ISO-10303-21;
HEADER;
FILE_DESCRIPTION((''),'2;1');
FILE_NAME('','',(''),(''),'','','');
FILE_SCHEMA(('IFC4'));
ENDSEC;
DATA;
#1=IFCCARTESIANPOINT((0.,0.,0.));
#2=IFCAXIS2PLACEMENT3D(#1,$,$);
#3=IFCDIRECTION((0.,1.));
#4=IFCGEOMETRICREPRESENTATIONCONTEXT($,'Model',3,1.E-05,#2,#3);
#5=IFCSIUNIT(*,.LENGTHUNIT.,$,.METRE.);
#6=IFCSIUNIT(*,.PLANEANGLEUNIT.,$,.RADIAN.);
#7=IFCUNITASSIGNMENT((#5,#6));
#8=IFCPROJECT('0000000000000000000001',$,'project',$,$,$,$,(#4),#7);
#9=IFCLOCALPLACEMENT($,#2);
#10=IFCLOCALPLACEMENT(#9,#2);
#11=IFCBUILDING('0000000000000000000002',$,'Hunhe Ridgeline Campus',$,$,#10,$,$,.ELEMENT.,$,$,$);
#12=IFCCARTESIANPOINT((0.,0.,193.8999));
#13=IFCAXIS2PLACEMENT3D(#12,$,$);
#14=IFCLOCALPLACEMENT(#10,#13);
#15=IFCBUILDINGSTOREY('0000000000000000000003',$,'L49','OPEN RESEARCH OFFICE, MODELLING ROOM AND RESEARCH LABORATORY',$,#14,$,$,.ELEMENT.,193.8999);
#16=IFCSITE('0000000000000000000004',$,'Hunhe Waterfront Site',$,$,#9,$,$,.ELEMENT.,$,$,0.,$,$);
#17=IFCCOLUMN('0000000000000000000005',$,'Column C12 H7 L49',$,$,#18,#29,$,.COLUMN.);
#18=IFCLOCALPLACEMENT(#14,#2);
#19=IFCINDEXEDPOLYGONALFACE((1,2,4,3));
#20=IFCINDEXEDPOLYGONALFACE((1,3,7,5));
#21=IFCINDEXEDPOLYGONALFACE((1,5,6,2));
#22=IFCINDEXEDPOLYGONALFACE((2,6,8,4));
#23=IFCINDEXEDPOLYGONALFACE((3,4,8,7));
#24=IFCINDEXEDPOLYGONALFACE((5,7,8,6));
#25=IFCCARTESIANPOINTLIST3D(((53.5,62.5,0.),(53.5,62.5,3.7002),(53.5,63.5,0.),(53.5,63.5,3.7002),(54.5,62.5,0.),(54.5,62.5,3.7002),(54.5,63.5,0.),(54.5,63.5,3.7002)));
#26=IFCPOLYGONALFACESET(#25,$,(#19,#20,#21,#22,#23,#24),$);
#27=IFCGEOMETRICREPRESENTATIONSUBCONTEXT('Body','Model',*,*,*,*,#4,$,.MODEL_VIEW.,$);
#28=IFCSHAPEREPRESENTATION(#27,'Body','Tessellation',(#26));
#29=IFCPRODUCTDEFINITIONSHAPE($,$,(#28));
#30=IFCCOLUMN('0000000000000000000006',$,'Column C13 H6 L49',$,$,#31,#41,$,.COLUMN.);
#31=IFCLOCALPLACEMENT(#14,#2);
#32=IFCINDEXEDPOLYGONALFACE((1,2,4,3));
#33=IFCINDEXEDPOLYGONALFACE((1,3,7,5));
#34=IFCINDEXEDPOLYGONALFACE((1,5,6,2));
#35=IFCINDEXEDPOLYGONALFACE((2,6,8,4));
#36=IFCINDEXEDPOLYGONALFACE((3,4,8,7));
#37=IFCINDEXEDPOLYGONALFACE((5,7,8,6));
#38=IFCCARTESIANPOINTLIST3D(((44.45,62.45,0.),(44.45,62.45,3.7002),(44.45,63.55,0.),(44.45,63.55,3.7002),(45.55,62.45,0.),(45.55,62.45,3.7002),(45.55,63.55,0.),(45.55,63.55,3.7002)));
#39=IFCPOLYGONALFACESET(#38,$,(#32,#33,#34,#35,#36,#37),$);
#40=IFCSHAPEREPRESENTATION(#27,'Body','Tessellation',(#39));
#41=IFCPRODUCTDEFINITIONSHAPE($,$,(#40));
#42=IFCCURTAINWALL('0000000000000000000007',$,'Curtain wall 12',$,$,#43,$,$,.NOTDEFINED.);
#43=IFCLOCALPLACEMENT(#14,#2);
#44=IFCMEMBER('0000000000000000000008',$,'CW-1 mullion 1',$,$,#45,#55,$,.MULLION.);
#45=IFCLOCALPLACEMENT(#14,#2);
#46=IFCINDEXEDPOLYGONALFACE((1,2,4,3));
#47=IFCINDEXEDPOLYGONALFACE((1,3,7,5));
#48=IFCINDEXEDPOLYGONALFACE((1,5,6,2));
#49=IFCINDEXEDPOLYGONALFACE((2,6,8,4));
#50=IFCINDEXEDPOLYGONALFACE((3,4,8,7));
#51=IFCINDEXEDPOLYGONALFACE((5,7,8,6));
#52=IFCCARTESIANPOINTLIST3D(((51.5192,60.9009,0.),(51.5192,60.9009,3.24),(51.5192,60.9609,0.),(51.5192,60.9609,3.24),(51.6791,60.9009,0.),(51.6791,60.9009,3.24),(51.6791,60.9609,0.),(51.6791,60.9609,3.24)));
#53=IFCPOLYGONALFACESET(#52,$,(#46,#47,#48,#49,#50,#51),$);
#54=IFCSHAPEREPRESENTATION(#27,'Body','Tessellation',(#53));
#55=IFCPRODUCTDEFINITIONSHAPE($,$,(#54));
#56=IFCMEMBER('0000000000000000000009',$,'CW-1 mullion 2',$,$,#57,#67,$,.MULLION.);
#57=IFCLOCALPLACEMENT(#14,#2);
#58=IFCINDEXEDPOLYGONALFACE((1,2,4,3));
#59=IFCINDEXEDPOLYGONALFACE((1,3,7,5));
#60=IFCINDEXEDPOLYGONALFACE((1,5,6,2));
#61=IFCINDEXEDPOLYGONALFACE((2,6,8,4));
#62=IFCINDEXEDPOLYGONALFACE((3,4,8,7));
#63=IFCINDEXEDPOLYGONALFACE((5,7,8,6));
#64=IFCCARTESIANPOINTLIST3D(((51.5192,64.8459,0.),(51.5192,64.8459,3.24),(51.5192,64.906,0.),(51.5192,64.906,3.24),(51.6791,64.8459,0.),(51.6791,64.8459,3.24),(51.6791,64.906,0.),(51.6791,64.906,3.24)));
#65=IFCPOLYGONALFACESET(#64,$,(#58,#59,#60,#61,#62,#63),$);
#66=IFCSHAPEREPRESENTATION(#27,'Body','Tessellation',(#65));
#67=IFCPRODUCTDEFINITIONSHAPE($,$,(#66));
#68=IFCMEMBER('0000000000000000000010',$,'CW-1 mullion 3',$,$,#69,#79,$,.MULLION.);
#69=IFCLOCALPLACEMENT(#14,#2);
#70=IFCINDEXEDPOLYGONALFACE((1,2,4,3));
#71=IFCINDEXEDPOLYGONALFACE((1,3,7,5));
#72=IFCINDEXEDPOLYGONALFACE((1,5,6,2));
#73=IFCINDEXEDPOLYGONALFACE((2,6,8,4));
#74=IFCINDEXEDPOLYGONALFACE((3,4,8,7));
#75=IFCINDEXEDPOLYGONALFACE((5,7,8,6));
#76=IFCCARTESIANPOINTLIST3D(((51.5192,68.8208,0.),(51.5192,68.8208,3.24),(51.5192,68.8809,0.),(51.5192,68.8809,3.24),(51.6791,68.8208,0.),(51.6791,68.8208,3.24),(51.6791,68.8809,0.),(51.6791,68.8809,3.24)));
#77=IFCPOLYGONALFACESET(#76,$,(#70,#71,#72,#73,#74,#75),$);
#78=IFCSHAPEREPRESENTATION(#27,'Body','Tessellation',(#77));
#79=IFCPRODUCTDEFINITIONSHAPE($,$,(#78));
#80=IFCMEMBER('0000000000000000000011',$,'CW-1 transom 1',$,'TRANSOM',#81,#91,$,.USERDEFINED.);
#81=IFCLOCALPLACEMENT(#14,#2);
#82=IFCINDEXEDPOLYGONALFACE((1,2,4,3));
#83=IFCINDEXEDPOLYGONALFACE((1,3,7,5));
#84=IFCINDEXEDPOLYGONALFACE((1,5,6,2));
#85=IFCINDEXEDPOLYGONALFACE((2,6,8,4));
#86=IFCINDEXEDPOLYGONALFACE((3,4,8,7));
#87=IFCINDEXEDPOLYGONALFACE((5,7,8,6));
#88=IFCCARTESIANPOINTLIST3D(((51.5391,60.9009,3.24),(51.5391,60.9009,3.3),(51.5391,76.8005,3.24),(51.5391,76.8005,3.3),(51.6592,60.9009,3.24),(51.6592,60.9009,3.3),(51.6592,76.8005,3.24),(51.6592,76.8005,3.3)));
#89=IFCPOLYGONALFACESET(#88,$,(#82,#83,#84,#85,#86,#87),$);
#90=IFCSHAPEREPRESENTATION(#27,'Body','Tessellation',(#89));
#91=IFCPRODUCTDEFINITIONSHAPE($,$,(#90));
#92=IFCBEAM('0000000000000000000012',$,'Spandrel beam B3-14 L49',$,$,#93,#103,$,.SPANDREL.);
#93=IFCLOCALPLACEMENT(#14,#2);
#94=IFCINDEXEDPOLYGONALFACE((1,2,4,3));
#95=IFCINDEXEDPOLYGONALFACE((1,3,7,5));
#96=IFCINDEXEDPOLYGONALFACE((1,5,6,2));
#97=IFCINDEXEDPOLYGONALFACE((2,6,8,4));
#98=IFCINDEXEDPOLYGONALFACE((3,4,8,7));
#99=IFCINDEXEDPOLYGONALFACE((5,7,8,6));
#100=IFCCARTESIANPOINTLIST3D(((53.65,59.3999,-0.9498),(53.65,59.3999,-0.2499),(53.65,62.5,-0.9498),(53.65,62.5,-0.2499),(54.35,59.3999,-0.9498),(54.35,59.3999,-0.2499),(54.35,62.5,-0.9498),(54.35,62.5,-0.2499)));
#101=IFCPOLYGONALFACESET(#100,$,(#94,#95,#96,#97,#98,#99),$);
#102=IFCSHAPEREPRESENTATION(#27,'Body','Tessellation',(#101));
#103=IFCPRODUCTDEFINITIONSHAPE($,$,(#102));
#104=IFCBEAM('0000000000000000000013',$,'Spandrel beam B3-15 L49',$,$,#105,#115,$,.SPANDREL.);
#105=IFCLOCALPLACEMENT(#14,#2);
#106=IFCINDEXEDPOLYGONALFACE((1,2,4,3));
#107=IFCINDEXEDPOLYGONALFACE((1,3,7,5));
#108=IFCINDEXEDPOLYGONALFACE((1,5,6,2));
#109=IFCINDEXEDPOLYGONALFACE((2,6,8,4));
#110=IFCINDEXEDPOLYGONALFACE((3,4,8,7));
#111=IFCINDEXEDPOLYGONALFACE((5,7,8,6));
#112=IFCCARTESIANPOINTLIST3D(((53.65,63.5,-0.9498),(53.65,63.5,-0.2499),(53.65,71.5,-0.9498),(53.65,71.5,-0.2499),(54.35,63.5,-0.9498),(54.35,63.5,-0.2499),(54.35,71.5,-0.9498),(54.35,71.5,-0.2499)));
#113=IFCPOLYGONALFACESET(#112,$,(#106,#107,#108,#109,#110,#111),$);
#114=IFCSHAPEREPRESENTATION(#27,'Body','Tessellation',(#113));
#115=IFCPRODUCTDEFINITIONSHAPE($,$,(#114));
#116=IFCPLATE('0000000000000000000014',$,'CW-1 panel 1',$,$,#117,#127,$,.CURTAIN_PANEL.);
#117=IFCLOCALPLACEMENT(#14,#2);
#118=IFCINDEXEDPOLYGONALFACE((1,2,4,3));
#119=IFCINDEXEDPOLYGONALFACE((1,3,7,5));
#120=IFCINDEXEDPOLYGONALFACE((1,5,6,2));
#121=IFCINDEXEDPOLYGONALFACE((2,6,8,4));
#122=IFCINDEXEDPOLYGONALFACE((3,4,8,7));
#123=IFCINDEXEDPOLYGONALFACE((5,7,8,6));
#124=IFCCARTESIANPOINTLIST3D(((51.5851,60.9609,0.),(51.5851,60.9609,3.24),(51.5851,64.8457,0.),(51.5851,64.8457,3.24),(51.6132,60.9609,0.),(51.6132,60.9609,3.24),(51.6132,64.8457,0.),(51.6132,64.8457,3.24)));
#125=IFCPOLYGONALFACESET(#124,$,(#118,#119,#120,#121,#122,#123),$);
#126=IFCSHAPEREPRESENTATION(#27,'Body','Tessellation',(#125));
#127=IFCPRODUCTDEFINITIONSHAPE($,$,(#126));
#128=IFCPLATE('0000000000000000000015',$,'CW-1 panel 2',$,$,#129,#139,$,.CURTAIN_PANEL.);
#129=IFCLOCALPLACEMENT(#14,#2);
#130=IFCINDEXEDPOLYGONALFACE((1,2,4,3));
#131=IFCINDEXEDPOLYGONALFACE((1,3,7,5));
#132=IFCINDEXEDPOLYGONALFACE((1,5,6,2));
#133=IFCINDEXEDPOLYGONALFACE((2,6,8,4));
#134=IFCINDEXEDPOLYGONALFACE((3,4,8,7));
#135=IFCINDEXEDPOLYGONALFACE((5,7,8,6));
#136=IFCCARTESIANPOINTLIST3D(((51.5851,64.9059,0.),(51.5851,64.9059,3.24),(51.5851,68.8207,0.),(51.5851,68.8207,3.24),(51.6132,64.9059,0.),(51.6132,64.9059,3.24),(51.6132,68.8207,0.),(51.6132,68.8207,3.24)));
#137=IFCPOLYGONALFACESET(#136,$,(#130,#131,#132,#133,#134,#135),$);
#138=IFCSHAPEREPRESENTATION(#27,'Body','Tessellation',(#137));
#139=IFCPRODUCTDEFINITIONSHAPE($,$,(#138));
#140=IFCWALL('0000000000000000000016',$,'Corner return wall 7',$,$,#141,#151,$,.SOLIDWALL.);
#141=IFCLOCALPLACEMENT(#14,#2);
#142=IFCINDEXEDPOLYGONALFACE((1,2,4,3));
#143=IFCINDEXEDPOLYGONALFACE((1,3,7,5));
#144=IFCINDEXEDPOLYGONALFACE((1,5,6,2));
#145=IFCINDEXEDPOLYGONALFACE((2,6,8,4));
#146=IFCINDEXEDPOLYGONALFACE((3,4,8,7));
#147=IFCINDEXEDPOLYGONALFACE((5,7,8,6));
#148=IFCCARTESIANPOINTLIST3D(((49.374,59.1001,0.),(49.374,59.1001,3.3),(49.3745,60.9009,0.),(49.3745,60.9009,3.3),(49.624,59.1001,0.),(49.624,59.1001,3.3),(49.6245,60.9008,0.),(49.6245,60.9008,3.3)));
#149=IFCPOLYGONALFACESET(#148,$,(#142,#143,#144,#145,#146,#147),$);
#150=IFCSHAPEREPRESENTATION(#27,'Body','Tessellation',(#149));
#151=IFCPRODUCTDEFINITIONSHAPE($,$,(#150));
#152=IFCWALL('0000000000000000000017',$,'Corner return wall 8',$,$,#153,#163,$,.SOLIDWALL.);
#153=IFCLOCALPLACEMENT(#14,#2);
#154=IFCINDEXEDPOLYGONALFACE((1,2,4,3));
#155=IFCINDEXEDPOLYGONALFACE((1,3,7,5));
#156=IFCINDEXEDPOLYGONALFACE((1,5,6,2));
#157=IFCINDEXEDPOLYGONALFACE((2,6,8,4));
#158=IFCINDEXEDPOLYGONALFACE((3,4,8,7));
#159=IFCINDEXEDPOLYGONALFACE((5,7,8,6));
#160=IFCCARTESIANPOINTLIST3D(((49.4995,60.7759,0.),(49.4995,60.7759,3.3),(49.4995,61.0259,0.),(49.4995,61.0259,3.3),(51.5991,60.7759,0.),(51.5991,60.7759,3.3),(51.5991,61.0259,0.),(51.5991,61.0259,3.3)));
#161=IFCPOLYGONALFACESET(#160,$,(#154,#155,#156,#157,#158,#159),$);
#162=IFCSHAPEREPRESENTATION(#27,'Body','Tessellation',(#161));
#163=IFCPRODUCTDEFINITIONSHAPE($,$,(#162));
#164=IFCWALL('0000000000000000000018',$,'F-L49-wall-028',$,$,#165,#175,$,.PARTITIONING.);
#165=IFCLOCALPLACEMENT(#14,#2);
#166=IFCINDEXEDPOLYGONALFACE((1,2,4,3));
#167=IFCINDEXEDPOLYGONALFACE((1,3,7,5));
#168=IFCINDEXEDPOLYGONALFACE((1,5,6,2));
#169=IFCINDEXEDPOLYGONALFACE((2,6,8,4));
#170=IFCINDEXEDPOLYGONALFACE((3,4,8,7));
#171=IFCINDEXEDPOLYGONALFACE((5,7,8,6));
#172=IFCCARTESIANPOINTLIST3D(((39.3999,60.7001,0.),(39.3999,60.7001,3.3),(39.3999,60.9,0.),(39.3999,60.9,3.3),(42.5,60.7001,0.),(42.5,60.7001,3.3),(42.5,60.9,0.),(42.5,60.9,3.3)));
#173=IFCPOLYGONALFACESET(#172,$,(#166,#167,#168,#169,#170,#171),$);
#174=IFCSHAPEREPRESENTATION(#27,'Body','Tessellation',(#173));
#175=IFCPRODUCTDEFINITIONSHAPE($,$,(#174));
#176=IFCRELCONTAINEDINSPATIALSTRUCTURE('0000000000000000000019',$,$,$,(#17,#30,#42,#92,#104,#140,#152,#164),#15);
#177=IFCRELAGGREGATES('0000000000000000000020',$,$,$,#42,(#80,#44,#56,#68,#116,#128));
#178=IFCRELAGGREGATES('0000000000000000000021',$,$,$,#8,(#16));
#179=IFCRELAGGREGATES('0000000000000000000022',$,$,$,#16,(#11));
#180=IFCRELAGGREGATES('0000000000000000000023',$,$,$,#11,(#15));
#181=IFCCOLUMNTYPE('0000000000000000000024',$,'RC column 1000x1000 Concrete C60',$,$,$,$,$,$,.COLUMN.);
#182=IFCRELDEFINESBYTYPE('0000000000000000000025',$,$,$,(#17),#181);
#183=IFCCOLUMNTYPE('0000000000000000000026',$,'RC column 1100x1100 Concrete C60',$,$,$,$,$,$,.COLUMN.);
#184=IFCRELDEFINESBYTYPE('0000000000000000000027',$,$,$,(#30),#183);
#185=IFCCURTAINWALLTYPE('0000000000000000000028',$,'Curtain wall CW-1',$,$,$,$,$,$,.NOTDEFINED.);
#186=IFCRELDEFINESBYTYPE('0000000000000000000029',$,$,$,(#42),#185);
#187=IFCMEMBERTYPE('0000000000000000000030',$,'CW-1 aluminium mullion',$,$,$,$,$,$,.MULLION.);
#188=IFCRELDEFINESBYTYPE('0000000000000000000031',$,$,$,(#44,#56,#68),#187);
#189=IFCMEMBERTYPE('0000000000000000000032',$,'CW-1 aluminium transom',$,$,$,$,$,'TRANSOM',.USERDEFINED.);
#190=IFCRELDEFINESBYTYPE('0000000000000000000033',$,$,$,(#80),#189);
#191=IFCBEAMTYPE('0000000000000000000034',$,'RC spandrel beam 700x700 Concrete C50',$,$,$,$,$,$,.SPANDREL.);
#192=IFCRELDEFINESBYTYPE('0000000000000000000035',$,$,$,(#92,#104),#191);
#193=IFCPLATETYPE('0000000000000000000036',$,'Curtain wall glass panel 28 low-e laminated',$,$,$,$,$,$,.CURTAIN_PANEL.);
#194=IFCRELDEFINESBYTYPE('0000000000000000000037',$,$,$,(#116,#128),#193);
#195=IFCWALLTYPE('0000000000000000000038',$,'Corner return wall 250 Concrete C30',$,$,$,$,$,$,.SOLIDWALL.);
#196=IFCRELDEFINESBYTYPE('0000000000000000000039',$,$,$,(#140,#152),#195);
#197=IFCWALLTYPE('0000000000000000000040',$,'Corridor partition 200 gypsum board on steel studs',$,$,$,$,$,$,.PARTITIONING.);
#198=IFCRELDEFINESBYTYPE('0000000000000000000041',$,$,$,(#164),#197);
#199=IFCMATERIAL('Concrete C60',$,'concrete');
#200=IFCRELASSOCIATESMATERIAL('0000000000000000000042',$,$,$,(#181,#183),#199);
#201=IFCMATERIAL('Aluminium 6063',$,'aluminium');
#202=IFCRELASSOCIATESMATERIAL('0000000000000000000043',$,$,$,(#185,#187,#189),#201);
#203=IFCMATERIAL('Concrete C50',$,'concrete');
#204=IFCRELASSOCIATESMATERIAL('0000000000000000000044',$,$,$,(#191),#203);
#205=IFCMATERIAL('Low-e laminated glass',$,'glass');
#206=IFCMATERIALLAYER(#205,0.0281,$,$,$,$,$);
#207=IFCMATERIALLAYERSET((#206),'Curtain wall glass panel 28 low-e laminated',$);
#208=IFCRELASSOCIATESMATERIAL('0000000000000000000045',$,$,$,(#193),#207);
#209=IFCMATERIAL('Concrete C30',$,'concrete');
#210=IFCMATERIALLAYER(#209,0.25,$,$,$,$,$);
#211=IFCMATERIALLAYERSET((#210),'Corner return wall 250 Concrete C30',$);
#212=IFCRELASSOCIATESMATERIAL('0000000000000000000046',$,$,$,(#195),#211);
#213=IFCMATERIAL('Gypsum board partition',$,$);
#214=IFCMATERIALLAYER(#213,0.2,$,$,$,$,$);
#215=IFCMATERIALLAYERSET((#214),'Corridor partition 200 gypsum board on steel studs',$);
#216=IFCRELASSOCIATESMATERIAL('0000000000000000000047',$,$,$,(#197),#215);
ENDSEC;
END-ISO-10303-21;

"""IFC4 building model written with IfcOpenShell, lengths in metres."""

from ifc_helpers import new_model, si_unit, direction, frame, frame_2d, origin, origin_2d, place, context, subcontext, project, spatial, rectangle, extrude, material, layer, layer_set, material_profile, profile_set, type_object, element, aggregate, save


model = new_model("IFC4")

# Units and contexts
model_context = context("Model", 3, precision=1e-05, world=origin(), true_north=direction((0.0, 1.0)))
body_context = subcontext(model_context, "Body", "Model", "MODEL_VIEW")
ifc_project = project(units=[si_unit("LENGTHUNIT", "METRE"), si_unit("PLANEANGLEUNIT", "RADIAN")], contexts=[model_context])

# Site, building, storey
site_placement = place(None, origin())
site = spatial("IfcSite", under=ifc_project, at=site_placement, Name="Hunhe Waterfront Site", CompositionType="ELEMENT", RefElevation=0.0)
building_placement = place(site_placement, origin())
building = spatial("IfcBuilding", under=site, at=building_placement, Name="Hunhe Ridgeline Campus", CompositionType="ELEMENT")
storey_placement = place(building_placement, frame((0.0, 0.0, 193.8999)))
storey = spatial("IfcBuildingStorey", under=building, at=storey_placement, Name="L49", Description="OPEN RESEARCH OFFICE, MODELLING ROOM AND RESEARCH LABORATORY", CompositionType="ELEMENT", Elevation=193.8999)

# Columns
ifc_material_1 = material(Name="Concrete C60", Category="concrete")
ifc_material_profile_1 = material_profile(ifc_material_1, rectangle(XDim=1.0, YDim=1.0, at=origin_2d()))
ifc_profile_set_1 = profile_set([ifc_material_profile_1], Name="Concrete C60")
column_type_1 = type_object("IfcColumnType", Name="RC column 1000x1000 Concrete C60", PredefinedType="COLUMN", material=ifc_profile_set_1)
column_1_placement = place(storey_placement, frame((54.0, 63.0, 0.0), z_axis=(0.0, 0.0, 1.0), x_axis=(1.0, 0.0, 0.0)))
element("IfcColumn", 1, at=column_1_placement, inside=storey, type_object=column_type_1, Name="Column C12 H7 L49", PredefinedType="COLUMN", context=body_context, shape_type="SweptSolid", body=[
    extrude(rectangle(XDim=1.0, YDim=1.0, at=origin_2d()), origin(), (0.0, 0.0, 1.0), 3.7002),
])
ifc_material_profile_2 = material_profile(ifc_material_1, rectangle(XDim=1.1001, YDim=1.1001, at=origin_2d()))
ifc_profile_set_2 = profile_set([ifc_material_profile_2], Name="Concrete C60")
column_type_2 = type_object("IfcColumnType", Name="RC column 1100x1100 Concrete C60", PredefinedType="COLUMN", material=ifc_profile_set_2)
column_2_placement = place(storey_placement, frame((45.0, 63.0, 0.0), z_axis=(0.0, 0.0, 1.0), x_axis=(1.0, 0.0, 0.0)))
element("IfcColumn", 2, at=column_2_placement, inside=storey, type_object=column_type_2, Name="Column C13 H6 L49", PredefinedType="COLUMN", context=body_context, shape_type="SweptSolid", body=[
    extrude(rectangle(XDim=1.1001, YDim=1.1001, at=origin_2d()), origin(), (0.0, 0.0, 1.0), 3.7002),
])

# Curtain wall, members
ifc_material_2 = material(Name="Aluminium 6063", Category="aluminium")
curtain_wall_type = type_object("IfcCurtainWallType", Name="Curtain wall CW-1", PredefinedType="NOTDEFINED", material=ifc_material_2)
curtain_wall_placement = place(storey_placement, origin())
curtain_wall = element("IfcCurtainWall", 3, at=curtain_wall_placement, inside=storey, type_object=curtain_wall_type, Name="Curtain wall 12", PredefinedType="NOTDEFINED")
ifc_material_profile_3 = material_profile(ifc_material_2, rectangle(XDim=0.1599, YDim=0.0601, at=origin_2d()))
ifc_profile_set_3 = profile_set([ifc_material_profile_3], Name="Aluminium 6063")
member_type_1 = type_object("IfcMemberType", Name="CW-1 aluminium mullion", PredefinedType="MULLION", material=ifc_profile_set_3)
member_1_placement = place(storey_placement, frame((51.5991, 60.9309, 0.0), z_axis=(0.0, 0.0, 1.0), x_axis=(-1.0, 0.0, 0.0)))
member_1 = element("IfcMember", 4, at=member_1_placement, type_object=member_type_1, Name="CW-1 mullion 1", PredefinedType="MULLION", context=body_context, shape_type="SweptSolid", body=[
    extrude(rectangle(XDim=0.1599, YDim=0.0601, at=origin_2d()), origin(), (0.0, 0.0, 1.0), 3.24),
])
member_2_placement = place(storey_placement, frame((51.5991, 64.876, 0.0), z_axis=(0.0, 0.0, 1.0), x_axis=(-1.0, 0.0, 0.0)))
member_2 = element("IfcMember", 5, at=member_2_placement, type_object=member_type_1, Name="CW-1 mullion 2", PredefinedType="MULLION", context=body_context, shape_type="SweptSolid", body=[
    extrude(rectangle(XDim=0.1599, YDim=0.0601, at=origin_2d()), origin(), (0.0, 0.0, 1.0), 3.24),
])
member_3_placement = place(storey_placement, frame((51.5991, 68.8508, 0.0), z_axis=(0.0, 0.0, 1.0), x_axis=(-1.0, 0.0, 0.0)))
member_3 = element("IfcMember", 6, at=member_3_placement, type_object=member_type_1, Name="CW-1 mullion 3", PredefinedType="MULLION", context=body_context, shape_type="SweptSolid", body=[
    extrude(rectangle(XDim=0.1599, YDim=0.0601, at=origin_2d()), origin(), (0.0, 0.0, 1.0), 3.24),
])
ifc_material_profile_4 = material_profile(ifc_material_2, rectangle(XDim=0.1201, YDim=0.0601, at=origin_2d()))
ifc_profile_set_4 = profile_set([ifc_material_profile_4], Name="Aluminium 6063")
member_type_2 = type_object("IfcMemberType", Name="CW-1 aluminium transom", ElementType="TRANSOM", PredefinedType="USERDEFINED", material=ifc_profile_set_4)
member_4_placement = place(storey_placement, frame((51.5991, 60.9009, 3.27), z_axis=(0.0, 1.0, 0.0), x_axis=(-1.0, 0.0, 0.0)))
member_4 = element("IfcMember", 7, at=member_4_placement, type_object=member_type_2, Name="CW-1 transom 1", ObjectType="TRANSOM", PredefinedType="USERDEFINED", context=body_context, shape_type="SweptSolid", body=[
    extrude(rectangle(XDim=0.1201, YDim=0.0601, at=origin_2d()), origin(), (0.0, 0.0, 1.0), 15.8997),
])

# Beams
ifc_material_3 = material(Name="Concrete C50", Category="concrete")
ifc_material_profile_5 = material_profile(ifc_material_3, rectangle(XDim=0.7, YDim=0.7, at=origin_2d()))
ifc_profile_set_5 = profile_set([ifc_material_profile_5], Name="Concrete C50")
beam_type = type_object("IfcBeamType", Name="RC spandrel beam 700x700 Concrete C50", PredefinedType="SPANDREL", material=ifc_profile_set_5)
beam_1_placement = place(storey_placement, frame((54.0, 59.3999, -0.5999), z_axis=(0.0, 1.0, 0.0), x_axis=(-1.0, 0.0, 0.0)))
element("IfcBeam", 8, at=beam_1_placement, inside=storey, type_object=beam_type, Name="Spandrel beam B3-14 L49", PredefinedType="SPANDREL", context=body_context, shape_type="SweptSolid", body=[
    extrude(rectangle(XDim=0.7, YDim=0.7, at=origin_2d()), origin(), (0.0, 0.0, 1.0), 3.1001),
])
beam_2_placement = place(storey_placement, frame((54.0, 63.5, -0.5999), z_axis=(0.0, 1.0, 0.0), x_axis=(-1.0, 0.0, 0.0)))
element("IfcBeam", 9, at=beam_2_placement, inside=storey, type_object=beam_type, Name="Spandrel beam B3-15 L49", PredefinedType="SPANDREL", context=body_context, shape_type="SweptSolid", body=[
    extrude(rectangle(XDim=0.7, YDim=0.7, at=origin_2d()), origin(), (0.0, 0.0, 1.0), 8.0),
])

# Plates
ifc_material_4 = material(Name="Low-e laminated glass", Category="glass")
ifc_layer_1 = layer(ifc_material_4, 0.0281)
ifc_layer_set_1 = layer_set([ifc_layer_1], Name="Curtain wall glass panel 28 low-e laminated")
plate_type = type_object("IfcPlateType", Name="Curtain wall glass panel 28 low-e laminated", PredefinedType="CURTAIN_PANEL", material=ifc_layer_set_1)
plate_1_placement = place(storey_placement, frame((51.5991, 62.9033, 0.0), z_axis=(0.0, 0.0, 1.0), x_axis=(0.0, 1.0, 0.0)))
plate_1 = element("IfcPlate", 10, at=plate_1_placement, type_object=plate_type, Name="CW-1 panel 1", PredefinedType="CURTAIN_PANEL", context=body_context, shape_type="SweptSolid", body=[
    extrude(rectangle(XDim=3.8848, YDim=0.0281, at=origin_2d()), origin(), (0.0, 0.0, 1.0), 3.24),
])
plate_2_placement = place(storey_placement, frame((51.5991, 66.8633, 0.0), z_axis=(0.0, 0.0, 1.0), x_axis=(0.0, 1.0, 0.0)))
plate_2 = element("IfcPlate", 11, at=plate_2_placement, type_object=plate_type, Name="CW-1 panel 2", PredefinedType="CURTAIN_PANEL", context=body_context, shape_type="SweptSolid", body=[
    extrude(rectangle(XDim=3.9148, YDim=0.0281, at=origin_2d()), origin(), (0.0, 0.0, 1.0), 3.24),
])
aggregate(curtain_wall, [member_4, member_1, member_2, member_3, plate_1, plate_2])

# Walls
ifc_material_5 = material(Name="Concrete C30", Category="concrete")
ifc_layer_2 = layer(ifc_material_5, 0.25)
ifc_layer_set_2 = layer_set([ifc_layer_2], Name="Corner return wall 250 Concrete C30")
wall_type_1 = type_object("IfcWallType", Name="Corner return wall 250 Concrete C30", PredefinedType="SOLIDWALL", material=ifc_layer_set_2)
wall_1_placement = place(storey_placement, frame((49.499, 59.1001, 0.0), z_axis=(0.0, 0.0, 1.0), x_axis=(0.000271, 1.0, 0.0)))
element("IfcWall", 12, at=wall_1_placement, inside=storey, type_object=wall_type_1, Name="Corner return wall 7", PredefinedType="SOLIDWALL", context=body_context, shape_type="SweptSolid", body=[
    extrude(rectangle(XDim=1.8008, YDim=0.25, at=frame_2d((0.9004, 0.0))), origin(), (0.0, 0.0, 1.0), 3.3),
])
wall_2_placement = place(storey_placement, frame((49.4995, 60.9009, 0.0), z_axis=(0.0, 0.0, 1.0), x_axis=(1.0, 0.0, 0.0)))
element("IfcWall", 13, at=wall_2_placement, inside=storey, type_object=wall_type_1, Name="Corner return wall 8", PredefinedType="SOLIDWALL", context=body_context, shape_type="SweptSolid", body=[
    extrude(rectangle(XDim=2.0996, YDim=0.25, at=frame_2d((1.0498, 0.0))), origin(), (0.0, 0.0, 1.0), 3.3),
])

# Shared definitions
ifc_material_6 = material(Name="Gypsum board partition")
ifc_layer_3 = layer(ifc_material_6, 0.2)
ifc_layer_set_3 = layer_set([ifc_layer_3], Name="Corridor partition 200 gypsum board on steel studs")
wall_type_2 = type_object("IfcWallType", Name="Corridor partition 200 gypsum board on steel studs", PredefinedType="PARTITIONING", material=ifc_layer_set_3)

# Wall
wall_3_placement = place(storey_placement, frame((42.5, 60.8, 0.0), z_axis=(0.0, 0.0, 1.0), x_axis=(-1.0, 0.0, 0.0)))
element("IfcWall", 14, at=wall_3_placement, inside=storey, type_object=wall_type_2, Name="F-L49-wall-028", PredefinedType="PARTITIONING", context=body_context, shape_type="SweptSolid", body=[
    extrude(rectangle(XDim=3.1001, YDim=0.2, at=frame_2d((1.55, 0.0))), origin(), (0.0, 0.0, 1.0), 3.3),
])

save(model, "model.ifc")
